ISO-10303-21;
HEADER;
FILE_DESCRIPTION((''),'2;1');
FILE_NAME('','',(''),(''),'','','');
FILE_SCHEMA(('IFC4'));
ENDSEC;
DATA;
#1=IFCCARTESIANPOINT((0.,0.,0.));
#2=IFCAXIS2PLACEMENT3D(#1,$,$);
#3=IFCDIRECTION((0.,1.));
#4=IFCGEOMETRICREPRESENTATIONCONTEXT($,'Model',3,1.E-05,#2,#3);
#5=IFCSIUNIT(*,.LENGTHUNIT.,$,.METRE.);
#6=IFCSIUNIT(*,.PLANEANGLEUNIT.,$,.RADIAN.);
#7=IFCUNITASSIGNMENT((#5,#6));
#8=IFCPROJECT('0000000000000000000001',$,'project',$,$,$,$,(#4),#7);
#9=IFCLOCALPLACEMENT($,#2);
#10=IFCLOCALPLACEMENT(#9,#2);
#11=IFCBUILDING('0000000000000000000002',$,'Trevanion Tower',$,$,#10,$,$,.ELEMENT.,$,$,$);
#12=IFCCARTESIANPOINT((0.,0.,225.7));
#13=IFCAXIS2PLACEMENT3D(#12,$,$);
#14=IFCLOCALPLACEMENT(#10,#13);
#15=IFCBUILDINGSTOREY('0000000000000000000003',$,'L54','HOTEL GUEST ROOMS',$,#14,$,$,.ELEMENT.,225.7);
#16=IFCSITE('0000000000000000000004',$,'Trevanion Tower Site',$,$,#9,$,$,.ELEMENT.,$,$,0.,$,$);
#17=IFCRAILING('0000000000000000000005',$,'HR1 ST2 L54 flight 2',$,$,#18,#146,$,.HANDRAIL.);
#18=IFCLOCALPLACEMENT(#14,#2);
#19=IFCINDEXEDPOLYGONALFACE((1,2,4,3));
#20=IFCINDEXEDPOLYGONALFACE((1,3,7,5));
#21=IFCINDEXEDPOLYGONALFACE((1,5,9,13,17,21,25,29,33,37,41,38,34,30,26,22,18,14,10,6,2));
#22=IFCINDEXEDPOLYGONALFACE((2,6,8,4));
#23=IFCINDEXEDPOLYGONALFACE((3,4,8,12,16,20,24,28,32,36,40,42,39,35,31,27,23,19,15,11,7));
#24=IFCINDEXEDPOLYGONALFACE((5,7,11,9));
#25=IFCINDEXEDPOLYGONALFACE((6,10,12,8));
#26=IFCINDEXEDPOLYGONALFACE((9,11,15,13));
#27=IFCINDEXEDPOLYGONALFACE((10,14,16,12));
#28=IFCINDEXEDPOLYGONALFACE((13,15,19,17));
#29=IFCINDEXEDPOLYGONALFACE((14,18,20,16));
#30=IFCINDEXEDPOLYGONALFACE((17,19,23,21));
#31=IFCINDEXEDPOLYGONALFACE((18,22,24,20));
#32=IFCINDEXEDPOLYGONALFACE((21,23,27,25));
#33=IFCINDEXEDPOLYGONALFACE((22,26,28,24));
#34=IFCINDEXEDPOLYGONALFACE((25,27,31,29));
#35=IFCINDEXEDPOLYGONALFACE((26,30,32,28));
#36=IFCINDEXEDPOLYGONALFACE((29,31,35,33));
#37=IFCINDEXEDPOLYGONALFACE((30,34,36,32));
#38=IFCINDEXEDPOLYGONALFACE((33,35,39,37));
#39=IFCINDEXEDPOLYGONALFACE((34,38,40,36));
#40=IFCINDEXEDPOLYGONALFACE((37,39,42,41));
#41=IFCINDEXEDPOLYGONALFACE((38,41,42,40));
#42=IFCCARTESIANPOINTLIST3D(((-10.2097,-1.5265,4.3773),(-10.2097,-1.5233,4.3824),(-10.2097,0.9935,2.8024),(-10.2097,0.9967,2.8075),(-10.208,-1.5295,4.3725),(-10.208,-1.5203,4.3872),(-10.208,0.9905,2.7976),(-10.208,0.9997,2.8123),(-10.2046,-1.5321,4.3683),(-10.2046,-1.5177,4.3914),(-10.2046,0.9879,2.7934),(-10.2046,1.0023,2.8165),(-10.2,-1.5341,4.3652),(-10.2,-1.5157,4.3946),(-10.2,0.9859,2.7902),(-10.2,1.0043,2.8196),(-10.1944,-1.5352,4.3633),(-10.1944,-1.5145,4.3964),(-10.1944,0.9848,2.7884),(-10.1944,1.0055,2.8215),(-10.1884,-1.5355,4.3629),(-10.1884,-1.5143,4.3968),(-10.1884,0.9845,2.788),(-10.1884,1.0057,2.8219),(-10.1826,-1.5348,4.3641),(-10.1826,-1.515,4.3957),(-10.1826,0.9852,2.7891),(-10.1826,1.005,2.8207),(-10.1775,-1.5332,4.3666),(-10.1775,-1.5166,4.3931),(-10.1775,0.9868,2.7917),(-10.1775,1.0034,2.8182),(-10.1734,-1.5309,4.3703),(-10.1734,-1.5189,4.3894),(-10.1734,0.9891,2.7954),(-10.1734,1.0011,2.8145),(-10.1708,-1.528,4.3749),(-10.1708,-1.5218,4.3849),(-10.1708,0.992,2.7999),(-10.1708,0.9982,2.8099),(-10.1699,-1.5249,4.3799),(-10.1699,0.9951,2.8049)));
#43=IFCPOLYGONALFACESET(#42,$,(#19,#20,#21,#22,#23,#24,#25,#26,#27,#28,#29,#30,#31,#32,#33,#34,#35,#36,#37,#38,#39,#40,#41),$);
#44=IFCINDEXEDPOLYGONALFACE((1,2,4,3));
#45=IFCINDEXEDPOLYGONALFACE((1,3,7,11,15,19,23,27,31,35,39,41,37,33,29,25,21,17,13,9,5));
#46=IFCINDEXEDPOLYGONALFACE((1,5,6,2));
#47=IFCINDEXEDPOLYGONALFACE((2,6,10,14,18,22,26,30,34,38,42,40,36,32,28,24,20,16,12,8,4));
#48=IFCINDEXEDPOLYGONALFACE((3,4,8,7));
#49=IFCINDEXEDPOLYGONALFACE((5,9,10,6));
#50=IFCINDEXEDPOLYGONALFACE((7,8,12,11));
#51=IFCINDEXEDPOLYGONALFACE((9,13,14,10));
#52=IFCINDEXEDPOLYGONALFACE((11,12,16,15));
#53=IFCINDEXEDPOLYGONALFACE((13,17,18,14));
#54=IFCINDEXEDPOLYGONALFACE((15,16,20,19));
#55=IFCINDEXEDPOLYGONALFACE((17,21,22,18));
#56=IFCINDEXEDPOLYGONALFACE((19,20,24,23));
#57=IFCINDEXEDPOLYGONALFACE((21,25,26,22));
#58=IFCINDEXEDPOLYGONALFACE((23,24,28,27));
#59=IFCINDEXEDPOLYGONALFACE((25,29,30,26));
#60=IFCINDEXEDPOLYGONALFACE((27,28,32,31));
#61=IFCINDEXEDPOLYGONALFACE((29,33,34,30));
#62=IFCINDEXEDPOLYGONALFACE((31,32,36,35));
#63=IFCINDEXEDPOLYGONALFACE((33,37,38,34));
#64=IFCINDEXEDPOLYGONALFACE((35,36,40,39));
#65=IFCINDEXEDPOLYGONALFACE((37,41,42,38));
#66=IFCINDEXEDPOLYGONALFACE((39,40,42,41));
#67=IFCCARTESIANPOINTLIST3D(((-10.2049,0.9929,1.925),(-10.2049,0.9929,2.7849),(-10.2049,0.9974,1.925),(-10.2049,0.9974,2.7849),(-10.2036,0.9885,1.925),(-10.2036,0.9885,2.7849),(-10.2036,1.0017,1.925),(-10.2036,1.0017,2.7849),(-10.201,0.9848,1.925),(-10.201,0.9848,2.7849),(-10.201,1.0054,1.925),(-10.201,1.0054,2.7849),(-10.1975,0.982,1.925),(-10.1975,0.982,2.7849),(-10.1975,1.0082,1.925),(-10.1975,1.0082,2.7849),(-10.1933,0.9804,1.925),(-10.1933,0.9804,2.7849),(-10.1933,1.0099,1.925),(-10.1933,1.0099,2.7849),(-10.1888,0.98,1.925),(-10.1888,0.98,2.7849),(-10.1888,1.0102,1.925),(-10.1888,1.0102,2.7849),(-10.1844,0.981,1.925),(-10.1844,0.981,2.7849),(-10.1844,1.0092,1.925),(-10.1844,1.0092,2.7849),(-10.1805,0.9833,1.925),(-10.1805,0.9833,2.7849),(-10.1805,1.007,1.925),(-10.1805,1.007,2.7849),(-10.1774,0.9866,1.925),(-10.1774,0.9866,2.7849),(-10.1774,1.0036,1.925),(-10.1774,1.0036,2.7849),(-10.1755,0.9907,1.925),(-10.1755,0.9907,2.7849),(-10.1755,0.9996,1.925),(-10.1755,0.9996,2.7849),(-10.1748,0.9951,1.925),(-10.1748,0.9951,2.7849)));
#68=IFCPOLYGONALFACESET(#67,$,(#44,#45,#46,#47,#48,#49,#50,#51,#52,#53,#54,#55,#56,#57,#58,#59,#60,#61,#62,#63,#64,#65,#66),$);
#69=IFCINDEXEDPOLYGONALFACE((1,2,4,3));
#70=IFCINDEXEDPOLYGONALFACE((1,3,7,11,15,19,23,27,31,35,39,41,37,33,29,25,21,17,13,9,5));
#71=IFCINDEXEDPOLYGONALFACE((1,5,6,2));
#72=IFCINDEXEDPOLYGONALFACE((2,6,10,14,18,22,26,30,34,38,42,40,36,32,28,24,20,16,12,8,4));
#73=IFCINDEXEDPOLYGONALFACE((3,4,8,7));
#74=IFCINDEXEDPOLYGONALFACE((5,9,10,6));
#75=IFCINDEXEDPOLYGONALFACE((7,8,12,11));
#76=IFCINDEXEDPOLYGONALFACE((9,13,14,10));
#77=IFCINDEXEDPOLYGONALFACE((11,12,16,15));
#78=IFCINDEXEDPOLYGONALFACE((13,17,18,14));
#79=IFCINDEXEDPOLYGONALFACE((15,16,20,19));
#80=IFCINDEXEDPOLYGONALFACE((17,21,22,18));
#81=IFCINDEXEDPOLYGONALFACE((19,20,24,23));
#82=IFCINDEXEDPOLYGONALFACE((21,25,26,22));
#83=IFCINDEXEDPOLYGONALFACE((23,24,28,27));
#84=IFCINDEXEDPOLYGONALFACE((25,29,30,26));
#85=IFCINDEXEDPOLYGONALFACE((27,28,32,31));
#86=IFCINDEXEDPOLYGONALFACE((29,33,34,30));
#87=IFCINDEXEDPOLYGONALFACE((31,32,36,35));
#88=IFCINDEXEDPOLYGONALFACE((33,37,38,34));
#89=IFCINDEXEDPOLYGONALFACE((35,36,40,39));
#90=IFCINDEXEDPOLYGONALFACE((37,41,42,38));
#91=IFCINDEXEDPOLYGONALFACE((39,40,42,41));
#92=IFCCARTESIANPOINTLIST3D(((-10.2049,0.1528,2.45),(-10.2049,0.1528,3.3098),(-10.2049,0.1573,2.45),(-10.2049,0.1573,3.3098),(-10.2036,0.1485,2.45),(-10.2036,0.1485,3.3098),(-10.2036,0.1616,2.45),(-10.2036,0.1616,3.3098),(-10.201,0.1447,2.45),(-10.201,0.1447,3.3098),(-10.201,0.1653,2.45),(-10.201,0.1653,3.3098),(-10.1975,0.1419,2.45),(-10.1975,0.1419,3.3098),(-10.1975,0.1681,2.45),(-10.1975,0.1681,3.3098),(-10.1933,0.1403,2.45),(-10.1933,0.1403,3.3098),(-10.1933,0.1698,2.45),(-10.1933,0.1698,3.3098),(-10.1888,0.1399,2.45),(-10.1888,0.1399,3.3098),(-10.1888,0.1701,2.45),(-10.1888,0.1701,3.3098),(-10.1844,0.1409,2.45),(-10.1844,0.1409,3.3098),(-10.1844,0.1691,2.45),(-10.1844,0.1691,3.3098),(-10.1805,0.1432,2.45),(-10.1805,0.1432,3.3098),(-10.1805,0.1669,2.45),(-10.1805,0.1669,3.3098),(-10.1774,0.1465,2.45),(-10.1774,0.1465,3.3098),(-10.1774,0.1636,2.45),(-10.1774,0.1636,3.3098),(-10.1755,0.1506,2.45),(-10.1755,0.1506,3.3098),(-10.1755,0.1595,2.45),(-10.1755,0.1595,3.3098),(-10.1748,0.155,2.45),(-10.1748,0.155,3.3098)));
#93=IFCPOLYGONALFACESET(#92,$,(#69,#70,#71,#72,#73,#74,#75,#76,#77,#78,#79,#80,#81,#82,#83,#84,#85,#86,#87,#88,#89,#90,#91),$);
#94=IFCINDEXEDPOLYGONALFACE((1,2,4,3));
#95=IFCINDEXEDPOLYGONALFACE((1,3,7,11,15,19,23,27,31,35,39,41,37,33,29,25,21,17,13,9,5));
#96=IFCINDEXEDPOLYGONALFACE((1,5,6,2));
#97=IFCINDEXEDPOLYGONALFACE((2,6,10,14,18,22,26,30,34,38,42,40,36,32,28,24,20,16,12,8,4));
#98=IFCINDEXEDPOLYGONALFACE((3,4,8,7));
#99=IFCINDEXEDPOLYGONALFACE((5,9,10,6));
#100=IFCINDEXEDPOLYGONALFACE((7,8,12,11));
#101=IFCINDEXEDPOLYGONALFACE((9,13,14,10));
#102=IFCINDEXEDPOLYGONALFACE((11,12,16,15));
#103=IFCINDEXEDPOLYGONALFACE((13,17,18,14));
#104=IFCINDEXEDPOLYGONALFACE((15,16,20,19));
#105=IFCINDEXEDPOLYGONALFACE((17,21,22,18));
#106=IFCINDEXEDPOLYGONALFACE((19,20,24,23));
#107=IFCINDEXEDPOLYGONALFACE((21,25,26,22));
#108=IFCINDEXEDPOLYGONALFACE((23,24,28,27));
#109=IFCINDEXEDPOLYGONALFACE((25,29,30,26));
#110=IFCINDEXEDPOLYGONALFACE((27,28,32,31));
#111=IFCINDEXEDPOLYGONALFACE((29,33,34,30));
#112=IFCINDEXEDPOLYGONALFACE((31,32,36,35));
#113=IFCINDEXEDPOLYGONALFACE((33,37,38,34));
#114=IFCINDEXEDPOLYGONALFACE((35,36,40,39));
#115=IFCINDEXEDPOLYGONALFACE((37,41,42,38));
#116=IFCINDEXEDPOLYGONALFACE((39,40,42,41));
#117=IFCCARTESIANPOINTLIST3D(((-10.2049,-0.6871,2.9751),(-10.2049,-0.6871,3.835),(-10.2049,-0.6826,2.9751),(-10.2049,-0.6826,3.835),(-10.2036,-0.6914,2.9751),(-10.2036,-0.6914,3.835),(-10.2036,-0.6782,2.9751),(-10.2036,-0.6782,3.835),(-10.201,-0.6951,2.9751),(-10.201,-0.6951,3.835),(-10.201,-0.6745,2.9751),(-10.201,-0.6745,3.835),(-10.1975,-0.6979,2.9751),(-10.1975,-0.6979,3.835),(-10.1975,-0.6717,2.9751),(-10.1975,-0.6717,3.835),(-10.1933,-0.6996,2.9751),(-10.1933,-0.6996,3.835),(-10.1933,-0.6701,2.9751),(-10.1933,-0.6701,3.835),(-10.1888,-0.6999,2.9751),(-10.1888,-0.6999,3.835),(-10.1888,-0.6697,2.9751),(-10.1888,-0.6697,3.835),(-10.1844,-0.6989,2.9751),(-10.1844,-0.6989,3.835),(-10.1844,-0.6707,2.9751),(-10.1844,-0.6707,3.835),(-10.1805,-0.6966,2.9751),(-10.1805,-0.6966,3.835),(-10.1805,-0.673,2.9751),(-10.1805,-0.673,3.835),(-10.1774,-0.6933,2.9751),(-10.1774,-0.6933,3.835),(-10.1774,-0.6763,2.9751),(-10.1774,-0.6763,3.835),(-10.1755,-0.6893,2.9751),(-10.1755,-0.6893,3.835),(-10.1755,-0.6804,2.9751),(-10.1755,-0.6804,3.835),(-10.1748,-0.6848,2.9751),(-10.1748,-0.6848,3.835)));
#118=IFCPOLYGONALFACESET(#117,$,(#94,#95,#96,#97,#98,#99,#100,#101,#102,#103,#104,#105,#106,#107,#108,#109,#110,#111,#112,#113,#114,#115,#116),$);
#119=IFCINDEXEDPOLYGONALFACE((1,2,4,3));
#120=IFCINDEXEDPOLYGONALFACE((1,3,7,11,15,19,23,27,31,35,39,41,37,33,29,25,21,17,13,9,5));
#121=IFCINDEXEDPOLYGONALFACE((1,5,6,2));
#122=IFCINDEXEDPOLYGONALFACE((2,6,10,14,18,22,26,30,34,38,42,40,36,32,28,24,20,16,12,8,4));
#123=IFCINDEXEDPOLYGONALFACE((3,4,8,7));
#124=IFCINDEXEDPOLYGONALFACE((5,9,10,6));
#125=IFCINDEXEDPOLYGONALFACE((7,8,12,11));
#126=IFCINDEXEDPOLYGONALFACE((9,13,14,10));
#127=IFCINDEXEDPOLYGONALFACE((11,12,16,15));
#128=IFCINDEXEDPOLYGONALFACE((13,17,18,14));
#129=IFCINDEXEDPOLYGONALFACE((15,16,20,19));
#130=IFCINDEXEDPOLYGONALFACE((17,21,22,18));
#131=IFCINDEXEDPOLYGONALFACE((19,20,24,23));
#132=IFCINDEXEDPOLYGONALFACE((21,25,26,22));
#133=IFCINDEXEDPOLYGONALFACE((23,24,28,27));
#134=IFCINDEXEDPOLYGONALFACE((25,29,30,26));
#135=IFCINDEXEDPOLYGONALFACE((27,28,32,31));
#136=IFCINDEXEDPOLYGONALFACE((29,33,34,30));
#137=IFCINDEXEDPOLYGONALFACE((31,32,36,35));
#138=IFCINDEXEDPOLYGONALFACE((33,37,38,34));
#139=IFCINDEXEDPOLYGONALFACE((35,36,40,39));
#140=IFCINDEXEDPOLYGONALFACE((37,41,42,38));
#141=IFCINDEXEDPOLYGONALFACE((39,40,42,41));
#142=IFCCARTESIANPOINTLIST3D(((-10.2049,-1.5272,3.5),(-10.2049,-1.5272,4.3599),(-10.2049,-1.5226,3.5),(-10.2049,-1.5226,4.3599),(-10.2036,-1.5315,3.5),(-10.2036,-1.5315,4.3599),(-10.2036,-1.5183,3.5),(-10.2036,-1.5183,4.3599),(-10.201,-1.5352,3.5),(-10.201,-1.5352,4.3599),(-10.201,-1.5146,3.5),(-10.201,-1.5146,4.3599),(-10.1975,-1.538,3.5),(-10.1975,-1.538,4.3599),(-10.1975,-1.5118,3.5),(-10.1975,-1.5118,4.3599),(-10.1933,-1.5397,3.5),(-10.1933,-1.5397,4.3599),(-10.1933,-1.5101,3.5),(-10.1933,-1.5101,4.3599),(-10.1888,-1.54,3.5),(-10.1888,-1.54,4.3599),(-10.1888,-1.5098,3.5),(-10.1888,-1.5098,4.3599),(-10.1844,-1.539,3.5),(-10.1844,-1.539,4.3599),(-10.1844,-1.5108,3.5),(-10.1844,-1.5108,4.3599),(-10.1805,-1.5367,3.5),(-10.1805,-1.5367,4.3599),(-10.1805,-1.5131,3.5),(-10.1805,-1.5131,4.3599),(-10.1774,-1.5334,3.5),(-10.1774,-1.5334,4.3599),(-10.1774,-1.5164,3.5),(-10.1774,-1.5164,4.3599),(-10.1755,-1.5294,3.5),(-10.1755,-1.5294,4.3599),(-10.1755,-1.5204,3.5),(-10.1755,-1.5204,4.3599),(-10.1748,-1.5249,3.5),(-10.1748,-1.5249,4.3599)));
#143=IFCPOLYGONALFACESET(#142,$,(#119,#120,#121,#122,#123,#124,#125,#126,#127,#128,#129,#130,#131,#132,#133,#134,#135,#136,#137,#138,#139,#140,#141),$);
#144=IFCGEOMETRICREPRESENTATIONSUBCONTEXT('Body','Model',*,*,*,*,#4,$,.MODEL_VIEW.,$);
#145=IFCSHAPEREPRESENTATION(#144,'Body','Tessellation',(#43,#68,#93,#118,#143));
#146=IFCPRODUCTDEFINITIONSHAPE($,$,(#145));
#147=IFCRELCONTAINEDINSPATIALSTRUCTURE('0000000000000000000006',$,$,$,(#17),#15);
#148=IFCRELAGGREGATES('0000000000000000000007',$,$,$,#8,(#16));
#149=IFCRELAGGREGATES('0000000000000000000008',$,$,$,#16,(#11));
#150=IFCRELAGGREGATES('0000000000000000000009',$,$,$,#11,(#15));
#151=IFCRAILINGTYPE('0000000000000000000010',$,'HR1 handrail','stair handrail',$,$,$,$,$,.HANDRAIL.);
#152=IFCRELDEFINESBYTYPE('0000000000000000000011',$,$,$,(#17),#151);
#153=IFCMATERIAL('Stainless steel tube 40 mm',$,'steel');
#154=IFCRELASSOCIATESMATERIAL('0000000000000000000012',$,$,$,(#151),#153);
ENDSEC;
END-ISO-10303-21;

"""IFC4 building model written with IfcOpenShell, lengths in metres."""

from ifc_helpers import new_model, si_unit, direction, frame, origin, origin_2d, place, context, subcontext, project, spatial, circle, extrude, material, type_object, element, save


model = new_model("IFC4")

# Units and contexts
model_context = context("Model", 3, precision=1e-05, world=origin(), true_north=direction((0.0, 1.0)))
body_context = subcontext(model_context, "Body", "Model", "MODEL_VIEW")
ifc_project = project(units=[si_unit("LENGTHUNIT", "METRE"), si_unit("PLANEANGLEUNIT", "RADIAN")], contexts=[model_context])

# Site, building, storey
site_placement = place(None, origin())
site = spatial("IfcSite", under=ifc_project, at=site_placement, Name="Trevanion Tower Site", CompositionType="ELEMENT", RefElevation=0.0)
building_placement = place(site_placement, origin())
building = spatial("IfcBuilding", under=site, at=building_placement, Name="Trevanion Tower", CompositionType="ELEMENT")
storey_placement = place(building_placement, frame((0.0, 0.0, 225.7)))
storey = spatial("IfcBuildingStorey", under=building, at=storey_placement, Name="L54", Description="HOTEL GUEST ROOMS", CompositionType="ELEMENT", Elevation=225.7)

# Railing
ifc_material_1 = material(Name="Stainless steel tube 40 mm", Category="steel")
railing_type = type_object("IfcRailingType", Name="HR1 handrail", Description="stair handrail", PredefinedType="HANDRAIL", material=ifc_material_1)
for number, where, name in (
    (1, (-10.1899, 0.9951, 1.925), "HR1 ST2 L54 flight 2"),
):
    element("IfcRailing", number, at=place(storey_placement, frame(where)), inside=storey, type_object=railing_type, Name=name, PredefinedType="HANDRAIL", context=body_context, shape_type="SweptSolid", body=[
        extrude(circle(Radius=0.02, at=origin_2d()), frame((0.0, 0.0, 0.8799), z_axis=(0.0, -0.848008, 0.529984), x_axis=(1.0, 0.0, 0.0)), (0.0, 0.0, 1.0), 2.9717),
        extrude(circle(Radius=0.0151, at=origin_2d()), origin(), (0.0, 0.0, 1.0), 0.8599),
        extrude(circle(Radius=0.0151, at=origin_2d()), frame((0.0, -0.8401, 0.5249)), (0.0, 0.0, 1.0), 0.8599),
        extrude(circle(Radius=0.0151, at=origin_2d()), frame((0.0, -1.6799, 1.05)), (0.0, 0.0, 1.0), 0.8599),
        extrude(circle(Radius=0.0151, at=origin_2d()), frame((0.0, -2.52, 1.575)), (0.0, 0.0, 1.0), 0.8599),
    ])

save(model, "model.ifc")
